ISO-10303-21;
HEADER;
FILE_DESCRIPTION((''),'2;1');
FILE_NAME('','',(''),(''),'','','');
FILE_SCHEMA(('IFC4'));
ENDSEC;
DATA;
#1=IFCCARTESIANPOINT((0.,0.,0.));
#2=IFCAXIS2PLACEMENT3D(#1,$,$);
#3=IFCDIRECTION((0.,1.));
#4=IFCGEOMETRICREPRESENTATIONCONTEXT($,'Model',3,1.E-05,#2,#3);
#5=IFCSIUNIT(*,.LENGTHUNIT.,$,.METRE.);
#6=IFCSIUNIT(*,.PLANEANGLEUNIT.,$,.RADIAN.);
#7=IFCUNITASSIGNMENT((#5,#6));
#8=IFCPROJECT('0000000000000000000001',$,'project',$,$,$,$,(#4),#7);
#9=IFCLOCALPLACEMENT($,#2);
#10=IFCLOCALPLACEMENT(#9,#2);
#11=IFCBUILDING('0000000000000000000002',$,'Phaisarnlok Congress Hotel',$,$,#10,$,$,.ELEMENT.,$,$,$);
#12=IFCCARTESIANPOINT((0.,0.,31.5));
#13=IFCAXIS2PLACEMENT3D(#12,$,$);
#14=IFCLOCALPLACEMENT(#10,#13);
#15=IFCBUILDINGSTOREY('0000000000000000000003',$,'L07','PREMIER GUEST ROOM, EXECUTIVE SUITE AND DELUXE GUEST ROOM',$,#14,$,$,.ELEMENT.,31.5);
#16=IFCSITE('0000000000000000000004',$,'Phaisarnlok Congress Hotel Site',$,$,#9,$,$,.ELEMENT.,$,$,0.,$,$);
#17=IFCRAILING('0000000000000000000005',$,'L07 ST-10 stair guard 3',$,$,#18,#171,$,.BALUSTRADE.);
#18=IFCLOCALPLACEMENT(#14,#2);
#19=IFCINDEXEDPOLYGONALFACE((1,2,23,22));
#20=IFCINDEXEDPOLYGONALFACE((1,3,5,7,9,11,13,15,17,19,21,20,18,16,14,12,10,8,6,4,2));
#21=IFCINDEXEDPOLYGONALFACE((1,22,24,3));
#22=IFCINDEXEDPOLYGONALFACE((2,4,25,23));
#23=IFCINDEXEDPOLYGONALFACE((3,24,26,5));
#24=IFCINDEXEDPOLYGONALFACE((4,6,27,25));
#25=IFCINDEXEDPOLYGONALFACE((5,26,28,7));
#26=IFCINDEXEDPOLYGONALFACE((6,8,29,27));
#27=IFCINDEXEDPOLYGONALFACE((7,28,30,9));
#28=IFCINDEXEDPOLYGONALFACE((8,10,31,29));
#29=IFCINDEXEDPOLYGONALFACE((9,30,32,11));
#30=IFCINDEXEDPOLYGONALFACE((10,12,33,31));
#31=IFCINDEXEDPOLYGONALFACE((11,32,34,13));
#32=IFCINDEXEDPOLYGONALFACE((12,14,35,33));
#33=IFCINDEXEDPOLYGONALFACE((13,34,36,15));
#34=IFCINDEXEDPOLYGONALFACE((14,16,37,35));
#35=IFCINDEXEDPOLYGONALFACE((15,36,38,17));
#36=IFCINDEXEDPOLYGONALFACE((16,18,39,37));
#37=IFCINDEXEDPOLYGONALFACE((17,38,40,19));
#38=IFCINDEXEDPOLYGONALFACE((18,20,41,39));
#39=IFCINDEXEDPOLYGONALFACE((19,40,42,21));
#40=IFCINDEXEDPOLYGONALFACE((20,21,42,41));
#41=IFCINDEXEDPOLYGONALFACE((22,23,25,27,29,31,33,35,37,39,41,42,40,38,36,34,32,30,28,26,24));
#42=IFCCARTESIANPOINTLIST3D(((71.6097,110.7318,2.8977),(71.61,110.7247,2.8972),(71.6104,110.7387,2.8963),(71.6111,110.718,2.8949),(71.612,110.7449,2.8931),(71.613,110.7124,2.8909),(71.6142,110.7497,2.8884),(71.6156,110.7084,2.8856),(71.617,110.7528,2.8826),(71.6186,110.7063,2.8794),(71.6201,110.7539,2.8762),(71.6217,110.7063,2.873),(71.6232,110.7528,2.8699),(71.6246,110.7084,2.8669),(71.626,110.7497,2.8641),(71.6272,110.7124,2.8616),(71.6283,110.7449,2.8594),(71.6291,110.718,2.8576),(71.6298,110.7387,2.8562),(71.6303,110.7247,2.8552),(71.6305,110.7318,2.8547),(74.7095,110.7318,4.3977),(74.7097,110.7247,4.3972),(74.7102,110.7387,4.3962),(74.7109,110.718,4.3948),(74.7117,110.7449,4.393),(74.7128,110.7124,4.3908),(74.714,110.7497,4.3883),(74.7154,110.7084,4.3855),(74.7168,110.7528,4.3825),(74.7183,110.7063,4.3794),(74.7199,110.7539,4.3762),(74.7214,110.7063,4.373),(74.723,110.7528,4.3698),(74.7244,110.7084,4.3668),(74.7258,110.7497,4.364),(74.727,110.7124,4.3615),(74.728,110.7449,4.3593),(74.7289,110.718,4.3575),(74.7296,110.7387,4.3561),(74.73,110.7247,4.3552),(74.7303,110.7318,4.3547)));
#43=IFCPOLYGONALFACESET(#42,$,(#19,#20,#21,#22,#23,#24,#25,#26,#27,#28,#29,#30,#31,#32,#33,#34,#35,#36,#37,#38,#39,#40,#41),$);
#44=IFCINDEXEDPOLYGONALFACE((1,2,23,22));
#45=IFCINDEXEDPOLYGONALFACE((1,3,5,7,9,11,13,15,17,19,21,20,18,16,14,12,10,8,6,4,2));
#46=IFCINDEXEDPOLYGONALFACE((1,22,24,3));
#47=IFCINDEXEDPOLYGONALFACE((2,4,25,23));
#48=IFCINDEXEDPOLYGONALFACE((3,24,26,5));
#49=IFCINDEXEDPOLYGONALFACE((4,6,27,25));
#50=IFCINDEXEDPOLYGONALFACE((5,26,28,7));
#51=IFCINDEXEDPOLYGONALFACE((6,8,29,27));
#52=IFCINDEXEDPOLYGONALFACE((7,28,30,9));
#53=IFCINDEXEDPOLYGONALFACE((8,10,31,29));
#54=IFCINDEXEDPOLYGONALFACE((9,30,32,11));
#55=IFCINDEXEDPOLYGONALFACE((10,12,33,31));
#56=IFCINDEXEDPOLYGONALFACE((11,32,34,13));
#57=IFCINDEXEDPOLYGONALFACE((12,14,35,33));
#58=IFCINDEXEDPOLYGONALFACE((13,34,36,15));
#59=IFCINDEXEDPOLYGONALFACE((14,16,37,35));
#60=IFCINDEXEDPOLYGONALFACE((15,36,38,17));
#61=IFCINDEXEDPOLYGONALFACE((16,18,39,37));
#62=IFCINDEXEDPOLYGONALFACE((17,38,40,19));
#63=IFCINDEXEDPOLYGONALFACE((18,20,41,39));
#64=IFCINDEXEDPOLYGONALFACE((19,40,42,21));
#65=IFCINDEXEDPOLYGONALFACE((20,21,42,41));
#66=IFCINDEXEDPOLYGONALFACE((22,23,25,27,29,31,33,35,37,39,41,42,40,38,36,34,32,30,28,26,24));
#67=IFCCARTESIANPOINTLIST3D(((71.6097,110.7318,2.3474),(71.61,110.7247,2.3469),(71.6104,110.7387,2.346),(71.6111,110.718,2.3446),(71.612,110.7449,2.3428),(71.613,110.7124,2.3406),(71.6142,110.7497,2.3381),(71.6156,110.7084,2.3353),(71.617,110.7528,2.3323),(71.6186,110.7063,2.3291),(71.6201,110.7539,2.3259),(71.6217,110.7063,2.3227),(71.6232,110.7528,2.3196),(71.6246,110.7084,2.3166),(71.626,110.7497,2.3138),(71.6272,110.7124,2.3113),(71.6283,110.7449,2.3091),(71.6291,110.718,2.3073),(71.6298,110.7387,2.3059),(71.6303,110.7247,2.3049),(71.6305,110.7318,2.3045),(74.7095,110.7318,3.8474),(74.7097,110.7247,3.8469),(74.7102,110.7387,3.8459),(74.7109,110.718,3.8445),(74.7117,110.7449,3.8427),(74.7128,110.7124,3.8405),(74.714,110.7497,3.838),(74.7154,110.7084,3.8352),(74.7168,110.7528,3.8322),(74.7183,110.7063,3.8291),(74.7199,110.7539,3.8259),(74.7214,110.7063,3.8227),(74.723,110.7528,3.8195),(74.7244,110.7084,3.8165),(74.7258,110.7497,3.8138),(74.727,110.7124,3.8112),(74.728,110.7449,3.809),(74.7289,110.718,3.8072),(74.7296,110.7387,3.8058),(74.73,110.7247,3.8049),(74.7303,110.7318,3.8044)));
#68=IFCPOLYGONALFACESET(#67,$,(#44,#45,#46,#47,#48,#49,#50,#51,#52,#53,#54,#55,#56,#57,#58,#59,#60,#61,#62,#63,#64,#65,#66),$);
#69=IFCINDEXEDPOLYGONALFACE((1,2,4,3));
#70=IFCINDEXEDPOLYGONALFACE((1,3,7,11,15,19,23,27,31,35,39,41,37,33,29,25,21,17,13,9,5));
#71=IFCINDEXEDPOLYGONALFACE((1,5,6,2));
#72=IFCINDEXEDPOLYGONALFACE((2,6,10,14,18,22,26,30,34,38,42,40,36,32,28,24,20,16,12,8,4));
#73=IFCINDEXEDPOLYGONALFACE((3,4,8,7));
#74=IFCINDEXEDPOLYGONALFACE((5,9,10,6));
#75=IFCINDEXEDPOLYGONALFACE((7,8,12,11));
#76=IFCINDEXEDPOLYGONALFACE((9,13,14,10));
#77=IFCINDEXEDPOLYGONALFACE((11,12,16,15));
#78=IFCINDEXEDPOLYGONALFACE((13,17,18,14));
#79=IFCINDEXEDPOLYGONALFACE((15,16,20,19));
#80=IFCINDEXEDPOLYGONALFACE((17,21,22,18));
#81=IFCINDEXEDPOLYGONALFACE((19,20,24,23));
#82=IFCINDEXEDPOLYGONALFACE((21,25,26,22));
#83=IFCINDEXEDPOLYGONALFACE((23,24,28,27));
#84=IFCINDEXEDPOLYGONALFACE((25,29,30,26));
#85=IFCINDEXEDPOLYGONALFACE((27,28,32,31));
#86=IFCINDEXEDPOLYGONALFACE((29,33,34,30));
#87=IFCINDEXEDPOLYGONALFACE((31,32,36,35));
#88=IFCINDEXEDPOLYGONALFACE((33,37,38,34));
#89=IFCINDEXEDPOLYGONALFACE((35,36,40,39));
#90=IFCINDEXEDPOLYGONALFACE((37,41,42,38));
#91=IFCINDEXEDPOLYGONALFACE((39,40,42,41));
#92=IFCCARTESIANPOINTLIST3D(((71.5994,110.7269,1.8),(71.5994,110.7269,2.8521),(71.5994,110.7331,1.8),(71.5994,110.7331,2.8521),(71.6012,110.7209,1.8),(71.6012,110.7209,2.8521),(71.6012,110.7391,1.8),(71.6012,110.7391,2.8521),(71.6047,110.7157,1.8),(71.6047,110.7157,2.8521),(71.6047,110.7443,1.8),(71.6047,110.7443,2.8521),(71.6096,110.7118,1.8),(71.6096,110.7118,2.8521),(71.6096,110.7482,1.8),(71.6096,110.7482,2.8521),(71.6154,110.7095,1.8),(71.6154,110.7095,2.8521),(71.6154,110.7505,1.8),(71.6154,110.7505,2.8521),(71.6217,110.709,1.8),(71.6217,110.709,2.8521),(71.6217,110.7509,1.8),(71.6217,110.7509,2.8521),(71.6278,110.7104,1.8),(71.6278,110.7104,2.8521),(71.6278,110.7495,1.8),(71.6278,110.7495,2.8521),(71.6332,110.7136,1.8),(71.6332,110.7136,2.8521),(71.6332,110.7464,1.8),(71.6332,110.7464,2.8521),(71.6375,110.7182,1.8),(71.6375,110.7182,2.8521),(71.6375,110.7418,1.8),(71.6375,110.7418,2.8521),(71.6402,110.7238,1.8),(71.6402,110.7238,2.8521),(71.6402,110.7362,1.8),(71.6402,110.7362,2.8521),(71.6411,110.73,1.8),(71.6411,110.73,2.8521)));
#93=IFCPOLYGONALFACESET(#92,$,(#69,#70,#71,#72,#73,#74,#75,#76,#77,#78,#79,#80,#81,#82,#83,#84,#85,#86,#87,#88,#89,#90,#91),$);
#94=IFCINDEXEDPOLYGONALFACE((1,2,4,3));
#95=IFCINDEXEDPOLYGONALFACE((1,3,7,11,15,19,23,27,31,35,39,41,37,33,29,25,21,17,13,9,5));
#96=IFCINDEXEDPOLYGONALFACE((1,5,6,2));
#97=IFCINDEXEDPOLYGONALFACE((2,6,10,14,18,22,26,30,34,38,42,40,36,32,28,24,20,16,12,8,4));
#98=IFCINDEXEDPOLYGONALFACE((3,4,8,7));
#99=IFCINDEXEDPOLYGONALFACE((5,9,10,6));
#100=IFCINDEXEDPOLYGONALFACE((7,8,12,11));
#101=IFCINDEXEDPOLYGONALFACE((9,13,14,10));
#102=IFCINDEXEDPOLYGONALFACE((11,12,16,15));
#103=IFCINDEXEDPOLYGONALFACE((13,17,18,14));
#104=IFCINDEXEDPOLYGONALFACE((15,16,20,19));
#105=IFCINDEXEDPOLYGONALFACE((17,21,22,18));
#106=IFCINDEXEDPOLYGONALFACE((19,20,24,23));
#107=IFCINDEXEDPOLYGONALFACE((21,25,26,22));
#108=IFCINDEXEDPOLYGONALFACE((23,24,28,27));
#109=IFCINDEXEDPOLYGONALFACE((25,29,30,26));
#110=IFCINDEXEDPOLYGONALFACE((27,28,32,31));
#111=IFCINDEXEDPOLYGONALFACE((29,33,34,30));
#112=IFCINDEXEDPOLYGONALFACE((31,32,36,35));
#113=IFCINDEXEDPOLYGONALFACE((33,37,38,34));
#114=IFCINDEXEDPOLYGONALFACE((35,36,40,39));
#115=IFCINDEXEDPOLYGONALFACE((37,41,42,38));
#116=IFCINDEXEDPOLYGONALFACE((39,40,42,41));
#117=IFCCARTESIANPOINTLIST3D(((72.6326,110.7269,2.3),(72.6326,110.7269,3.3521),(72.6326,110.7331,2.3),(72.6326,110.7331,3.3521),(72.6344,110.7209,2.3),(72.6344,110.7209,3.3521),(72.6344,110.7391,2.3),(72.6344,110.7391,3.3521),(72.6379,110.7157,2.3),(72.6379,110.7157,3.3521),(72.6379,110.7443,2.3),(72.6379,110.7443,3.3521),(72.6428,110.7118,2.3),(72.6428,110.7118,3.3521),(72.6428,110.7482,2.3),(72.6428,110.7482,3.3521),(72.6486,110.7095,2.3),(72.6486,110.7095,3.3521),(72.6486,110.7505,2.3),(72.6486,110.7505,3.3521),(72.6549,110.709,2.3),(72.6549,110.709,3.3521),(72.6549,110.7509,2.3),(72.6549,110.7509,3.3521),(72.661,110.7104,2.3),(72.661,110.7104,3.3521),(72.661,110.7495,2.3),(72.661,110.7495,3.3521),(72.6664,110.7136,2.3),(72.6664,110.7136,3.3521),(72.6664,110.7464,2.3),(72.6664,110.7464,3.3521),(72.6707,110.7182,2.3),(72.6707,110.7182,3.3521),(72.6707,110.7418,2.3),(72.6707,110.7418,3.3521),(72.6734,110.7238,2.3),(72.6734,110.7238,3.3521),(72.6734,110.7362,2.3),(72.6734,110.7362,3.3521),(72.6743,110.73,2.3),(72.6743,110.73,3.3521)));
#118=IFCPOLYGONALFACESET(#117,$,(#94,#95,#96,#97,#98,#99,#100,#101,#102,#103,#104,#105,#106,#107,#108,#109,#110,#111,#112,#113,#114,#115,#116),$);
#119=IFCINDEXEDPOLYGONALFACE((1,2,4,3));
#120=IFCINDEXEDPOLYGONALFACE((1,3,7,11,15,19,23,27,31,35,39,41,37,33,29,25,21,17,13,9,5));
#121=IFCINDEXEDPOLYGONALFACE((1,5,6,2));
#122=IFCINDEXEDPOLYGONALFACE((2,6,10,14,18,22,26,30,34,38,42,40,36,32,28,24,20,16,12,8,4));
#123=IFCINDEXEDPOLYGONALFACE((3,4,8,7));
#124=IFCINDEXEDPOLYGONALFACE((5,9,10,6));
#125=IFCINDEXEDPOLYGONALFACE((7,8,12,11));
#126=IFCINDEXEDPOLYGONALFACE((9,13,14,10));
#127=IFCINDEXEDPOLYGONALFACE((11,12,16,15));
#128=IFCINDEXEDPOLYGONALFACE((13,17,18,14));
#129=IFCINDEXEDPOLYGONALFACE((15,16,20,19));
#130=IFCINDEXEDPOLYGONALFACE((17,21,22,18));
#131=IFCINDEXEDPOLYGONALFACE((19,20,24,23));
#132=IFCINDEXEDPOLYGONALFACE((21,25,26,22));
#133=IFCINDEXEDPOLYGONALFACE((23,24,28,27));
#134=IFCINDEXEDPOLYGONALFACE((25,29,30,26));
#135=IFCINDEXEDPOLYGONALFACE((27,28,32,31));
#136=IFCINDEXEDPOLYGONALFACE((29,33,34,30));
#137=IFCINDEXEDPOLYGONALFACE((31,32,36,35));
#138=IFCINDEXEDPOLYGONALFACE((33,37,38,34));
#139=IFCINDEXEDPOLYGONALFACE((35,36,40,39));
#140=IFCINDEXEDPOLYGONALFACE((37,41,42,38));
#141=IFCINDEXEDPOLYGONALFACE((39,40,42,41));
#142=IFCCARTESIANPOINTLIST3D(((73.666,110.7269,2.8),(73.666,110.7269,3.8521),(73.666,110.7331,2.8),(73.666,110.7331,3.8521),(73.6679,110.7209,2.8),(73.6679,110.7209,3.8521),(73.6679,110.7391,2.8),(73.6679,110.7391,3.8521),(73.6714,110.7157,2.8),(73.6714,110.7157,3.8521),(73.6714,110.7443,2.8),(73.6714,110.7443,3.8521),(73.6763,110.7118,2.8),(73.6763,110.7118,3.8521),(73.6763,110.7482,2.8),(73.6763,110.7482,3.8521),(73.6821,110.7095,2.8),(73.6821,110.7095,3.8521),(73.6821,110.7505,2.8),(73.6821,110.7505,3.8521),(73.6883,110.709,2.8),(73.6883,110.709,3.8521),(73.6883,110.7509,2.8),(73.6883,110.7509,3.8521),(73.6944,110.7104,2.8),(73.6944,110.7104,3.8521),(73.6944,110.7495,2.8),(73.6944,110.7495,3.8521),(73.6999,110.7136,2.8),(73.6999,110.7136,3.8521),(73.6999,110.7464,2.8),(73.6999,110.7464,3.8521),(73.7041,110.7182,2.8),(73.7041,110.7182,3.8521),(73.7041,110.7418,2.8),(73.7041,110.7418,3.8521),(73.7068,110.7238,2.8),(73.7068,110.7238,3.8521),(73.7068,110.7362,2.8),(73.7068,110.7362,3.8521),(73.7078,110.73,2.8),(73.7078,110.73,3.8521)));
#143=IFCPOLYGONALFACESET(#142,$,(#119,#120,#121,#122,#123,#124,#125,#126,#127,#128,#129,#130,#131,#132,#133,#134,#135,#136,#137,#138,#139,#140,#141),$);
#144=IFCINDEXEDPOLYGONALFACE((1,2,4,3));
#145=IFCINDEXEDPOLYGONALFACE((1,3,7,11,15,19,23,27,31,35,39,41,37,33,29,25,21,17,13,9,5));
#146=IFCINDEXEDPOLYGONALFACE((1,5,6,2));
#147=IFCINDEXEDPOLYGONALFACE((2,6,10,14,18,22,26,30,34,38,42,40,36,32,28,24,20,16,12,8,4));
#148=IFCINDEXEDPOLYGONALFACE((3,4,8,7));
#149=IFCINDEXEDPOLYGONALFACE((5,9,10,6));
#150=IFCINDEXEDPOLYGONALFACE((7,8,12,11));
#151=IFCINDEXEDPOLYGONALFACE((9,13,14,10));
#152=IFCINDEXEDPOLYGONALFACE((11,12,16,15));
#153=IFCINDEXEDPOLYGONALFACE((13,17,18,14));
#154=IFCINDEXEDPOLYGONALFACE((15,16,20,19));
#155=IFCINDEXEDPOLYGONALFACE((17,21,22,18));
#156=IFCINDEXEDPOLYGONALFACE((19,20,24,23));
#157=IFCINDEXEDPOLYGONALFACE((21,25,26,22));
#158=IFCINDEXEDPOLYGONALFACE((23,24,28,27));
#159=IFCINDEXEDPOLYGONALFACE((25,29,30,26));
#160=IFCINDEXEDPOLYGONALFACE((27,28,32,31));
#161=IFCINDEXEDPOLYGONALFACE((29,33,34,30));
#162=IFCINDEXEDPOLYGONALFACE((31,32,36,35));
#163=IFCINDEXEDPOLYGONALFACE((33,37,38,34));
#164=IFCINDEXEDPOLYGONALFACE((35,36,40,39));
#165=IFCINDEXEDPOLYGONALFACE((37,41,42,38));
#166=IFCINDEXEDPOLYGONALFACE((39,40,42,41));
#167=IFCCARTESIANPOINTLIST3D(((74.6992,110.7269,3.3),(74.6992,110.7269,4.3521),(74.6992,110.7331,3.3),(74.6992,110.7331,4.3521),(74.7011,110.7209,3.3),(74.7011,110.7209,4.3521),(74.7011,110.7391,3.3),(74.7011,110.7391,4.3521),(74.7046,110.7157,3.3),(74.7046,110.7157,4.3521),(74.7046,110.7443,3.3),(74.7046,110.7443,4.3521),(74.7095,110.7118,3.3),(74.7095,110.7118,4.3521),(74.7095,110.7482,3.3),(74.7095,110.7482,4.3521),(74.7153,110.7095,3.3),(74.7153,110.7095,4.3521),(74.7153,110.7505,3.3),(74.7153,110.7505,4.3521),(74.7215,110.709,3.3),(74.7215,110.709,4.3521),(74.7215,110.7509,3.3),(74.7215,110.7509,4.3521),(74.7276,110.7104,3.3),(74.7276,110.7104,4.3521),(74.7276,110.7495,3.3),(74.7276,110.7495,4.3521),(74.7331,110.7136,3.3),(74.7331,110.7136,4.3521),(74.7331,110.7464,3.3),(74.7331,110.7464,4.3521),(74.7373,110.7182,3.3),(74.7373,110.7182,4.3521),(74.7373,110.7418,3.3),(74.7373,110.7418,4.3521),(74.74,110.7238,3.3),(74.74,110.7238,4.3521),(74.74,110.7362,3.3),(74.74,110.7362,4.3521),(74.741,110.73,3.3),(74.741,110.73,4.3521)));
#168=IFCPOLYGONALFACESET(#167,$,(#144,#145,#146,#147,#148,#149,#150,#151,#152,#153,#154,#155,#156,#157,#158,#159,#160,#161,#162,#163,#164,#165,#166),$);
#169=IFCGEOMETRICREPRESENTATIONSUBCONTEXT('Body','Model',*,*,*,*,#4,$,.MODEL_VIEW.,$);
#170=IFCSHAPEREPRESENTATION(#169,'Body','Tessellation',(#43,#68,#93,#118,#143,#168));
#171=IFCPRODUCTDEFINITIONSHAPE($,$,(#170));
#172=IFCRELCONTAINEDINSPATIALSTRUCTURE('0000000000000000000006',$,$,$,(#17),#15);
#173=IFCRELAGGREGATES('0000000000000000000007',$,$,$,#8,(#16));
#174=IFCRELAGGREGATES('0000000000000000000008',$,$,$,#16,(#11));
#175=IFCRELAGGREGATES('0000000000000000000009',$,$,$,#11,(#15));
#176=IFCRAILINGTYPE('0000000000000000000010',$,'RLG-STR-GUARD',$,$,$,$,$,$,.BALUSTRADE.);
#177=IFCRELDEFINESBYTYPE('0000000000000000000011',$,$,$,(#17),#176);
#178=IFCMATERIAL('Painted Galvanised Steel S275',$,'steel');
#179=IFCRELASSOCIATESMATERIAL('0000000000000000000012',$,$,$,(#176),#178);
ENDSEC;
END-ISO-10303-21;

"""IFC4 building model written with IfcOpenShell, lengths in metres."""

from ifc_helpers import new_model, si_unit, direction, frame, origin, origin_2d, place, context, subcontext, project, spatial, circle, extrude, material, type_object, element, save


model = new_model("IFC4")

# Units and contexts
model_context = context("Model", 3, precision=1e-05, world=origin(), true_north=direction((0.0, 1.0)))
body_context = subcontext(model_context, "Body", "Model", "MODEL_VIEW")
ifc_project = project(units=[si_unit("LENGTHUNIT", "METRE"), si_unit("PLANEANGLEUNIT", "RADIAN")], contexts=[model_context])

# Site, building, storey
site_placement = place(None, origin())
site = spatial("IfcSite", under=ifc_project, at=site_placement, Name="Phaisarnlok Congress Hotel Site", CompositionType="ELEMENT", RefElevation=0.0)
building_placement = place(site_placement, origin())
building = spatial("IfcBuilding", under=site, at=building_placement, Name="Phaisarnlok Congress Hotel", CompositionType="ELEMENT")
storey_placement = place(building_placement, frame((0.0, 0.0, 31.5)))
storey = spatial("IfcBuildingStorey", under=building, at=storey_placement, Name="L07", Description="PREMIER GUEST ROOM, EXECUTIVE SUITE AND DELUXE GUEST ROOM", CompositionType="ELEMENT", Elevation=31.5)

# Railing
ifc_material_1 = material(Name="Painted Galvanised Steel S275", Category="steel")
railing_type_1 = type_object("IfcRailingType", Name="RLG-STR-GUARD", PredefinedType="BALUSTRADE", material=ifc_material_1)
railing_1_placement = place(storey_placement, frame((71.6201, 110.73, 1.8)))
element("IfcRailing", 1, at=railing_1_placement, inside=storey, type_object=railing_type_1, Name="L07 ST-10 stair guard 3", PredefinedType="BALUSTRADE", context=body_context, shape_type="SweptSolid", body=[
    extrude(circle(Radius=0.0239, at=origin_2d()), frame((0.0, 0.0, 1.0762), z_axis=(0.900151, 0.0, 0.435578), x_axis=(0.0, 1.0, 0.0)), (0.0, 0.0, 1.0), 3.4436),
    extrude(circle(Radius=0.0239, at=origin_2d()), frame((0.0, 0.0, 0.5259), z_axis=(0.900151, 0.0, 0.435578), x_axis=(0.0, 1.0, 0.0)), (0.0, 0.0, 1.0), 3.4436),
    extrude(circle(Radius=0.021, at=origin_2d()), origin(), (0.0, 0.0, 1.0), 1.052),
    extrude(circle(Radius=0.021, at=origin_2d()), frame((1.0332, 0.0, 0.5)), (0.0, 0.0, 1.0), 1.052),
    extrude(circle(Radius=0.021, at=origin_2d()), frame((2.0667, 0.0, 1.0)), (0.0, 0.0, 1.0), 1.052),
    extrude(circle(Radius=0.021, at=origin_2d()), frame((3.0999, 0.0, 1.5)), (0.0, 0.0, 1.0), 1.052),
])

save(model, "model.ifc")
